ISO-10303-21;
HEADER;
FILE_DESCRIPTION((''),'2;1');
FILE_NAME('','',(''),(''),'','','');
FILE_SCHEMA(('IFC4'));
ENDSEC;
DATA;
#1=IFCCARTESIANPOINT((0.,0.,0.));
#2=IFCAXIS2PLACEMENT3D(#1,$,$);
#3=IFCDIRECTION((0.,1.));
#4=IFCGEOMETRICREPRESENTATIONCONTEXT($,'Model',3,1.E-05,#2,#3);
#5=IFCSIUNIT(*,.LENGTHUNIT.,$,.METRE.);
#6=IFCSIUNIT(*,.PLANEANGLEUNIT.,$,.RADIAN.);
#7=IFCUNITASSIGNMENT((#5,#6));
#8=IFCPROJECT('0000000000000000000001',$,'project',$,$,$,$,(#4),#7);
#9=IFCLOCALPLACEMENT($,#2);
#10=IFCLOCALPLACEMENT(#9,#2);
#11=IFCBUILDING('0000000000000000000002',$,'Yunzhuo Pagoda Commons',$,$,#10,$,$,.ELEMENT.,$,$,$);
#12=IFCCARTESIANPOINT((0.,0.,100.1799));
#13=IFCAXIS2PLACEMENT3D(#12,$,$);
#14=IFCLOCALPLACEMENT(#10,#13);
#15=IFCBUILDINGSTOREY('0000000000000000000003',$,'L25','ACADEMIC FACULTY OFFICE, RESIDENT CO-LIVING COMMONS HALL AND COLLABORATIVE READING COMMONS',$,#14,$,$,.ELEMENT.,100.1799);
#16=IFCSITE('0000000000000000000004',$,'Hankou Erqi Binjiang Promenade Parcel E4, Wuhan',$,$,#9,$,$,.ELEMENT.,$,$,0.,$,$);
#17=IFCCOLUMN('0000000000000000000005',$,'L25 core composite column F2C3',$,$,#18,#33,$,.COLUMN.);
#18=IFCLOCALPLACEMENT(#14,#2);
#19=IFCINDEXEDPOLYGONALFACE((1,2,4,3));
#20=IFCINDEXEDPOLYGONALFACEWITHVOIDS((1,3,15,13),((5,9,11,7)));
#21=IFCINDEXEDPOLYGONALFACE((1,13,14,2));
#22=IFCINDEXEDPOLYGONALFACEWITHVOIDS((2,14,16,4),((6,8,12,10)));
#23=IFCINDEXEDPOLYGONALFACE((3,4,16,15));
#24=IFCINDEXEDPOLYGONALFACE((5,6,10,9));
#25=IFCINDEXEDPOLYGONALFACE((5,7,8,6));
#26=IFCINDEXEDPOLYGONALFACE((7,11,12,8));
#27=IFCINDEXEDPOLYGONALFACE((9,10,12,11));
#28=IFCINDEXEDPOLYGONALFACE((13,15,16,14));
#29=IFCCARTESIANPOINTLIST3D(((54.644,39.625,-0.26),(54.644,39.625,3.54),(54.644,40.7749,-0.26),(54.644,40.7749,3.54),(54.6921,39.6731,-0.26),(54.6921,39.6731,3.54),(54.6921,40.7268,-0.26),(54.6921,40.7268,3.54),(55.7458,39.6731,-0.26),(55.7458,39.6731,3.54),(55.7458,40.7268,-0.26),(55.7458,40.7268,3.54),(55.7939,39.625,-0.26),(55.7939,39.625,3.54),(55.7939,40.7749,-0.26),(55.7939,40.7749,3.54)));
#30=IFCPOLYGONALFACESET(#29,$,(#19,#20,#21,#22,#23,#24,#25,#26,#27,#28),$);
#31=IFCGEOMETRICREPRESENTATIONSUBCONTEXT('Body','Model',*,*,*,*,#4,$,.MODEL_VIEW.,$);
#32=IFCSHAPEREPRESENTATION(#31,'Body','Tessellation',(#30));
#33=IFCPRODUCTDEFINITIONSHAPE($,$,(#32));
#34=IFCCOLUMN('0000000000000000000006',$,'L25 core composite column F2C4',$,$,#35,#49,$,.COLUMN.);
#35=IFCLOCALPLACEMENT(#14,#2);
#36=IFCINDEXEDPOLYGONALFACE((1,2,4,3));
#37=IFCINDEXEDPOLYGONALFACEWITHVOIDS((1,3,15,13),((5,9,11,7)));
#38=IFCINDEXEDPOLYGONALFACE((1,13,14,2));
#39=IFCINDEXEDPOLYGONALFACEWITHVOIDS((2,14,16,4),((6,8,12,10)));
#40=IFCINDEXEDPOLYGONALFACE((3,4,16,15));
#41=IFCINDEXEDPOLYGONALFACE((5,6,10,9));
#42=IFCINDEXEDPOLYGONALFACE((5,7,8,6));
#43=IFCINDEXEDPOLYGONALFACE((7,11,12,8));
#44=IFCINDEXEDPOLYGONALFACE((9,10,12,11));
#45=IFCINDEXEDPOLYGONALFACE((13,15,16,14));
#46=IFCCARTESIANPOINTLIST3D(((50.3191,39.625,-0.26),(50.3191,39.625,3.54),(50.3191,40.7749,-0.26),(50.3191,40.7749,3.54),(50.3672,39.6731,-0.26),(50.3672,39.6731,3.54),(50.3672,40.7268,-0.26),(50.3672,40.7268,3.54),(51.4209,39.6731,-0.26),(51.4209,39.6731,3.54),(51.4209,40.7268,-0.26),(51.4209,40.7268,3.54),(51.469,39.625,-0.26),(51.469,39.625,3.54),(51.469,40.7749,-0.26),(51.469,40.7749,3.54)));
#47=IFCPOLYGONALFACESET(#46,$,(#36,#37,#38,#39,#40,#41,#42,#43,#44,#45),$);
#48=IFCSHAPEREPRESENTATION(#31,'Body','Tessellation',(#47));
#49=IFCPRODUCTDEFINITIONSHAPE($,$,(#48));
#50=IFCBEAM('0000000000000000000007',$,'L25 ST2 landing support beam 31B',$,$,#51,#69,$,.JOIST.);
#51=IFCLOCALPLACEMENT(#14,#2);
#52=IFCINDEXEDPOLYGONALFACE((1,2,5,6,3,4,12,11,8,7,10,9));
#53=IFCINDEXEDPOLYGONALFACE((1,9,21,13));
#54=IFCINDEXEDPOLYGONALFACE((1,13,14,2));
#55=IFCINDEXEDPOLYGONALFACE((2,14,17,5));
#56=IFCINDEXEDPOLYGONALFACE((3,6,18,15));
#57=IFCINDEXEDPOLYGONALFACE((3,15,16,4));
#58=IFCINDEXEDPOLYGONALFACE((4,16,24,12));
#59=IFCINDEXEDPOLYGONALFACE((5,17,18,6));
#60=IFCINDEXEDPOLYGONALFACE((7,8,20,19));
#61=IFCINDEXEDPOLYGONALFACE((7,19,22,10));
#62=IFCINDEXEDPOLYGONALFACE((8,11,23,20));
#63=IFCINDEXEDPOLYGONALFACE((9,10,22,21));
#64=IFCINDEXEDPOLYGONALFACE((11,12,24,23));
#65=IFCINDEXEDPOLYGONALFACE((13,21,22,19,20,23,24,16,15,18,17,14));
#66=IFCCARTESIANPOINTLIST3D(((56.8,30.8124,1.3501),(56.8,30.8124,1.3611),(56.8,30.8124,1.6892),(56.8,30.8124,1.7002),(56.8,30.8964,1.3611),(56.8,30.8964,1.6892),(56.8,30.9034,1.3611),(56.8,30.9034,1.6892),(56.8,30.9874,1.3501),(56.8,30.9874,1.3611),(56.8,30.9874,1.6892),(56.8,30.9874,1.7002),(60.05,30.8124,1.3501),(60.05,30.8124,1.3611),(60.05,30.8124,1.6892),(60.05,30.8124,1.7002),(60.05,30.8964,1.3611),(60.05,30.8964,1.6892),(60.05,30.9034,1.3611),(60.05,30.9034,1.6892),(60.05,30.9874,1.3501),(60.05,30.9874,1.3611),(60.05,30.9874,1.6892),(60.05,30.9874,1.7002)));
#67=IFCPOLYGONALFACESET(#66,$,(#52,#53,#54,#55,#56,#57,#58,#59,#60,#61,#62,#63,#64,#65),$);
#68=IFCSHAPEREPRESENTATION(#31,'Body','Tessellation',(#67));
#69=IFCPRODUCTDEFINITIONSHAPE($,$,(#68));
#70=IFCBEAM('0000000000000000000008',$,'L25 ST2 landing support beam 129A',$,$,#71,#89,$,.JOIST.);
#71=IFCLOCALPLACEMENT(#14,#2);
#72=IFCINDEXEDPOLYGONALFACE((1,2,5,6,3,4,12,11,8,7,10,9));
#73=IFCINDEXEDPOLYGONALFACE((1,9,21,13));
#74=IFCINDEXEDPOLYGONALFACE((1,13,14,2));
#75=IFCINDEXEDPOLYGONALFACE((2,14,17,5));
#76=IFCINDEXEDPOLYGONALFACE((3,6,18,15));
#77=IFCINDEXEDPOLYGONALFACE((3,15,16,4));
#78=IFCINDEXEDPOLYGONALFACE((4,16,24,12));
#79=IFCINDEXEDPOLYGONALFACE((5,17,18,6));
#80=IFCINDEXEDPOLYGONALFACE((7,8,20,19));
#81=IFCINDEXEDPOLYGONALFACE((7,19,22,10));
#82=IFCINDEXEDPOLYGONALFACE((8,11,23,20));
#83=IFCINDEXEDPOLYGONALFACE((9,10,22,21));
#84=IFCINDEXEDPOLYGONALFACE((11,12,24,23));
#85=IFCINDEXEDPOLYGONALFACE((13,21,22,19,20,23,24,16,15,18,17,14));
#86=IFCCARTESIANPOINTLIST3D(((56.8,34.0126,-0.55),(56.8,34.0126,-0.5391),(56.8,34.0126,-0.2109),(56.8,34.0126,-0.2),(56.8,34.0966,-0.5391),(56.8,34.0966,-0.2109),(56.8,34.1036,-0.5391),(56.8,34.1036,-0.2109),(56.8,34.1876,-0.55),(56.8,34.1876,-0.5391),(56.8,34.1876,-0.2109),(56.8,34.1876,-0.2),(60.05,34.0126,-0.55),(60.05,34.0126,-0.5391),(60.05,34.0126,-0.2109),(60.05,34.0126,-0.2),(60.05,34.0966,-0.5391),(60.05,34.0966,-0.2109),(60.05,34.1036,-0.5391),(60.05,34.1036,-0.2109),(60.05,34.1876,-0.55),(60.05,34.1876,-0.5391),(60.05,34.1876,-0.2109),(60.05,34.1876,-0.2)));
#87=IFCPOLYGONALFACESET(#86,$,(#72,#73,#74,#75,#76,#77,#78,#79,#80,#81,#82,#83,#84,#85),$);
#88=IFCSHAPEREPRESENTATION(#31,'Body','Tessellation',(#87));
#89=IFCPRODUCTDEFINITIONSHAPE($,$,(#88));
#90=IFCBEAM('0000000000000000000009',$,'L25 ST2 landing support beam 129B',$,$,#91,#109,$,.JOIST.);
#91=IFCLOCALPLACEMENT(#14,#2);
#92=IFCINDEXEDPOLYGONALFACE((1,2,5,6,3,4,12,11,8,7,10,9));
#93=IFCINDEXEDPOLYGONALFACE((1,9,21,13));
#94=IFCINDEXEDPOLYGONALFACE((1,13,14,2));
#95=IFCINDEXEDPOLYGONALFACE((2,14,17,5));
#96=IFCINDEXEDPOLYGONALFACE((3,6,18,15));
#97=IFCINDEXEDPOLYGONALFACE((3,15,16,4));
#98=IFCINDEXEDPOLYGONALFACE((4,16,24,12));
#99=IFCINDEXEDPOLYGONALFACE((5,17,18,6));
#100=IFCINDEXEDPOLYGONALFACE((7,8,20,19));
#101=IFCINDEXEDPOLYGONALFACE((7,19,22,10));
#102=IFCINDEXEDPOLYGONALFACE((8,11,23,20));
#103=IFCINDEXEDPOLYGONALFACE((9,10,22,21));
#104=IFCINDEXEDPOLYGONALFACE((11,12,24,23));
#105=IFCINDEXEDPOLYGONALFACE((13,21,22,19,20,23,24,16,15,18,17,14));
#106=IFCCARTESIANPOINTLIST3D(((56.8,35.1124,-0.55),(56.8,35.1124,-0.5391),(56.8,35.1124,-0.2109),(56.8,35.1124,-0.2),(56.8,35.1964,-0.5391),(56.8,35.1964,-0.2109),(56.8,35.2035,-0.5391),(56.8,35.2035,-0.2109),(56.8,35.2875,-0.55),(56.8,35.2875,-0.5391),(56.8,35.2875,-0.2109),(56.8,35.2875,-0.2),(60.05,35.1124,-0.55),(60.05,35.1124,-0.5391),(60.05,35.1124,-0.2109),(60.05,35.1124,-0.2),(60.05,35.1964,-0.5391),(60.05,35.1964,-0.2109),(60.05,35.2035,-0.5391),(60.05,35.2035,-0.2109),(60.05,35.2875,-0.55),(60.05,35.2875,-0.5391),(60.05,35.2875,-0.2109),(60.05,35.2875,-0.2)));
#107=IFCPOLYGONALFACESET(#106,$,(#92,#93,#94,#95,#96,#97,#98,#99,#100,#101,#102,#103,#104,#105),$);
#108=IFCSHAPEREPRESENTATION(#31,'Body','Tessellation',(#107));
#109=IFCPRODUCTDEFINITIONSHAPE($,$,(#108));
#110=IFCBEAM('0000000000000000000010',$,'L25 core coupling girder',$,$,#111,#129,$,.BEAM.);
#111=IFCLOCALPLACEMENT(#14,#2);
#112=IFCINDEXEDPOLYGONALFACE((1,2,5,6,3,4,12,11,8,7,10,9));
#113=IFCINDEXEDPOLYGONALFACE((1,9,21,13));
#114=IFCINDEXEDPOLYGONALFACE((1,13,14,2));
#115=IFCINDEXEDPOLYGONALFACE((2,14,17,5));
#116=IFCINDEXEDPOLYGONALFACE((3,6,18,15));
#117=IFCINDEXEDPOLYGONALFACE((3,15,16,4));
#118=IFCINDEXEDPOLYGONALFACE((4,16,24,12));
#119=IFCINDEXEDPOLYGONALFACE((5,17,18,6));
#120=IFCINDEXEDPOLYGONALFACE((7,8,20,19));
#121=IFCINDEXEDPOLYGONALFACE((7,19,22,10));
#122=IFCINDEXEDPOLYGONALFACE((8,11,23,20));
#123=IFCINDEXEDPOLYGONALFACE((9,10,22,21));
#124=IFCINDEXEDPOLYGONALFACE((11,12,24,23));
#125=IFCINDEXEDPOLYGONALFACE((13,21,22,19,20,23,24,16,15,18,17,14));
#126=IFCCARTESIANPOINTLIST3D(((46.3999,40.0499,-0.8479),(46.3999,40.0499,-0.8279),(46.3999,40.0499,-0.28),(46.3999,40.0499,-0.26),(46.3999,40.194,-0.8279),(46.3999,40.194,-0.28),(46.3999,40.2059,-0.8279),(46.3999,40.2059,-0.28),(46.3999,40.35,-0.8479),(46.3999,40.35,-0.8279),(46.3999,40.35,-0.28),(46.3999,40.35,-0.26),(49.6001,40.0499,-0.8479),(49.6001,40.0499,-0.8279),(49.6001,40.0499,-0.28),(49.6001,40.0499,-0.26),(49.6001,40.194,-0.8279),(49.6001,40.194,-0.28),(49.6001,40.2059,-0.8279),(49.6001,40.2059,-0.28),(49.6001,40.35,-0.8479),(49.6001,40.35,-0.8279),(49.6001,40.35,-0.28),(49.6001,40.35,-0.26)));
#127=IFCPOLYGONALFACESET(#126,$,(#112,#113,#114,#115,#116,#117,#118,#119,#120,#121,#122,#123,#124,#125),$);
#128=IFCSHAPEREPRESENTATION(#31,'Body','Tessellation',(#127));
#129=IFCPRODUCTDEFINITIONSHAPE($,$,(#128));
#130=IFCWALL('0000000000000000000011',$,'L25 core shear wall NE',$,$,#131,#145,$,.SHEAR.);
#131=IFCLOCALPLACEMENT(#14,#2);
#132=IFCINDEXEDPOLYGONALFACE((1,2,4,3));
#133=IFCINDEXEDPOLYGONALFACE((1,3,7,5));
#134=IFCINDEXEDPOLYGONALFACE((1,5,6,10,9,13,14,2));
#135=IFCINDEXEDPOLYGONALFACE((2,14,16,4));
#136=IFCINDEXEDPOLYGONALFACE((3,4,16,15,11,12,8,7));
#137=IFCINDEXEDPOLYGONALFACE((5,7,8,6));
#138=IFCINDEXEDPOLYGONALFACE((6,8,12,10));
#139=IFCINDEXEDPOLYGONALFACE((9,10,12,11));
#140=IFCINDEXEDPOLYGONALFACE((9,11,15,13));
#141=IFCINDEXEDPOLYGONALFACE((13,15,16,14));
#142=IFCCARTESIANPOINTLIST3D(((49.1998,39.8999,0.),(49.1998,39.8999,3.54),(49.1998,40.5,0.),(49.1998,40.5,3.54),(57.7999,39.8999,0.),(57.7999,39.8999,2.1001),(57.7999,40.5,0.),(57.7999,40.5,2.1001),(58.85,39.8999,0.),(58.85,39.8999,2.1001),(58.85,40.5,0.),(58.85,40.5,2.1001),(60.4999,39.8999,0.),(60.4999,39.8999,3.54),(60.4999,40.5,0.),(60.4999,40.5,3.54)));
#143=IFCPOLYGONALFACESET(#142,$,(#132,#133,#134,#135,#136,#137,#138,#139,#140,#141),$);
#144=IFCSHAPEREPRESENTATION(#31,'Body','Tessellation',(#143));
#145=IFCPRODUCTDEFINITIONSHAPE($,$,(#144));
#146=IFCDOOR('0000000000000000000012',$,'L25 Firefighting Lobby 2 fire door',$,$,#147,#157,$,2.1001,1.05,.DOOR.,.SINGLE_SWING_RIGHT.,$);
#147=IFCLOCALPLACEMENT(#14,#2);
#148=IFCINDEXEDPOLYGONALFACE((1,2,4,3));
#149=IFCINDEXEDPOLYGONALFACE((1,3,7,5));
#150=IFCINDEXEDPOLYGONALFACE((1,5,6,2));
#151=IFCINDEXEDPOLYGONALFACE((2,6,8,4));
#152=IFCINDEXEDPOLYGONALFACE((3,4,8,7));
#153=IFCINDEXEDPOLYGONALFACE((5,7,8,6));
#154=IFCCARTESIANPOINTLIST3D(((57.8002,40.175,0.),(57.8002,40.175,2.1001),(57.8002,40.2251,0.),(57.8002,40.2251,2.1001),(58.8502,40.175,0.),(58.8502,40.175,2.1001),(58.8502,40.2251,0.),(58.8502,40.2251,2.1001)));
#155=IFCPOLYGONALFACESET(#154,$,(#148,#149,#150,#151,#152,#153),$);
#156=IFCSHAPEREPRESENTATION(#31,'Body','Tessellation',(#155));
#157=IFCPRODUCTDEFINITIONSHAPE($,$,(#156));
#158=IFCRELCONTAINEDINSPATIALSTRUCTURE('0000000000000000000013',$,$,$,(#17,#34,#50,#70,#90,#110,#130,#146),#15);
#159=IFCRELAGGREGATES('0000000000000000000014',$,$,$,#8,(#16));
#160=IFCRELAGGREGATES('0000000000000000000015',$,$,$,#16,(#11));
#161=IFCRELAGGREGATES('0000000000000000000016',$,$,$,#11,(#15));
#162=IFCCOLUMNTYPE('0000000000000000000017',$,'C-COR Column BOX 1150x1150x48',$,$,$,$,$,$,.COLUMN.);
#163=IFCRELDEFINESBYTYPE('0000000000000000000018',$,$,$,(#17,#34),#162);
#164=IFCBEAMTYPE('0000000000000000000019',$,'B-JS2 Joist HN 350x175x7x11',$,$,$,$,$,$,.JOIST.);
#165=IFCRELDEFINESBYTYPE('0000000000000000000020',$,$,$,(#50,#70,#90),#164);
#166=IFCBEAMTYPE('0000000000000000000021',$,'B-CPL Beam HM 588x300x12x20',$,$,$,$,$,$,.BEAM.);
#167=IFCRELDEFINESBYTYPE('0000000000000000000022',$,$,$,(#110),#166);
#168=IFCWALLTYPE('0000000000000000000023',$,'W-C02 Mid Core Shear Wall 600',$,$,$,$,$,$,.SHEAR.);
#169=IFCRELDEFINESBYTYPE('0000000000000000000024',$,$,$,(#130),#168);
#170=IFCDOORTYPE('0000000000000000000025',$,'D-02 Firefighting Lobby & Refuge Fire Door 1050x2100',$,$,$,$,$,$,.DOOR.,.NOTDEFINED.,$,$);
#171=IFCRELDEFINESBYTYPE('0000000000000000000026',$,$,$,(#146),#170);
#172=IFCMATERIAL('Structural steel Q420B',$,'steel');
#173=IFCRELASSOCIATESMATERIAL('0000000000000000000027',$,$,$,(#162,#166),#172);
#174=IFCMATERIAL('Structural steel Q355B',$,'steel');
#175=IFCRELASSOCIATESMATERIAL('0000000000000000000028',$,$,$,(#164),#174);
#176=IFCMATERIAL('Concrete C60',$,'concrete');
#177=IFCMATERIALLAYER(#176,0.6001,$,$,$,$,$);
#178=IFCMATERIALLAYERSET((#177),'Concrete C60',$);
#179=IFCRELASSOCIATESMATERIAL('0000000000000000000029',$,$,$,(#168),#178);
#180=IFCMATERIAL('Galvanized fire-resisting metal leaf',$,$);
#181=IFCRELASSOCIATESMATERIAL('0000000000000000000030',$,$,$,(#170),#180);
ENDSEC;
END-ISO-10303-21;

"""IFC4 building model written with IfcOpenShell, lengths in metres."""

from ifc_helpers import new_model, si_unit, direction, frame, frame_2d, origin, origin_2d, place, context, subcontext, project, spatial, rectangle, hollow_rectangle, i_section, extrude, source, transform, mapped, material, layer, layer_set, material_profile, profile_set, type_object, element, fill, save


model = new_model("IFC4")

# Units and contexts
model_context = context("Model", 3, precision=1e-05, world=origin(), true_north=direction((0.0, 1.0)))
body_context = subcontext(model_context, "Body", "Model", "MODEL_VIEW")
ifc_project = project(units=[si_unit("LENGTHUNIT", "METRE"), si_unit("PLANEANGLEUNIT", "RADIAN")], contexts=[model_context])

# Site, building, storey
site_placement = place(None, origin())
site = spatial("IfcSite", under=ifc_project, at=site_placement, Name="Hankou Erqi Binjiang Promenade Parcel E4, Wuhan", CompositionType="ELEMENT", RefElevation=0.0)
building_placement = place(site_placement, origin())
building = spatial("IfcBuilding", under=site, at=building_placement, Name="Yunzhuo Pagoda Commons", CompositionType="ELEMENT")
storey_placement = place(building_placement, frame((0.0, 0.0, 100.1799)))
storey = spatial("IfcBuildingStorey", under=building, at=storey_placement, Name="L25", Description="ACADEMIC FACULTY OFFICE, RESIDENT CO-LIVING COMMONS HALL AND COLLABORATIVE READING COMMONS", CompositionType="ELEMENT", Elevation=100.1799)

# Columns
ifc_material_1 = material(Name="Structural steel Q420B", Category="steel")
ifc_material_profile_1 = material_profile(ifc_material_1, hollow_rectangle(XDim=1.1499, YDim=1.1499, WallThickness=0.0481, at=origin_2d()), Name="Structural steel Q420B")
ifc_profile_set_1 = profile_set([ifc_material_profile_1], Name="Structural steel Q420B")
column_type = type_object("IfcColumnType", Name="C-COR Column BOX 1150x1150x48", PredefinedType="COLUMN", material=ifc_profile_set_1)
shared_shape_1 = source(origin(), body_context, "Body", "SweptSolid", [
    extrude(hollow_rectangle(XDim=1.1499, YDim=1.1499, WallThickness=0.0481, at=origin_2d()), origin(), (0.0, 0.0, 1.0), 3.8),
])
for number, where, z_axis, x_axis, name in (
    (1, (55.219, 40.2, -0.26), (0.0, 0.0, 1.0), (1.0, 0.0, 0.0), "L25 core composite column F2C3"),
    (2, (50.894, 40.2, -0.26), (0.0, 0.0, 1.0), (1.0, 0.0, 0.0), "L25 core composite column F2C4"),
):
    element("IfcColumn", number, at=place(storey_placement, frame(where, z_axis=z_axis, x_axis=x_axis)), inside=storey, type_object=column_type, Name=name, PredefinedType="COLUMN", context=body_context, shape_type="MappedRepresentation", body=[
        mapped(shared_shape_1, transform((0.0, 0.0, 0.0), scale=1.0)),
    ])

# Beams
ifc_material_2 = material(Name="Structural steel Q355B", Category="steel")
ifc_material_profile_2 = material_profile(ifc_material_2, i_section(OverallWidth=0.175, OverallDepth=0.3501, WebThickness=0.0071, FlangeThickness=0.011, at=origin_2d()), Name="Structural steel Q355B")
ifc_profile_set_2 = profile_set([ifc_material_profile_2], Name="Structural steel Q355B")
beam_type_1 = type_object("IfcBeamType", Name="B-JS2 Joist HN 350x175x7x11", PredefinedType="JOIST", material=ifc_profile_set_2)
shared_shape_2 = source(origin(), body_context, "Body", "SweptSolid", [
    extrude(i_section(OverallWidth=0.175, OverallDepth=0.3501, WebThickness=0.0071, FlangeThickness=0.011, at=origin_2d()), origin(), (0.0, 0.0, 1.0), 3.25),
])
for number, where, z_axis, x_axis, name in (
    (3, (56.8, 30.8999, 1.5251), (1.0, 0.0, 0.0), (0.0, 1.0, 0.0), "L25 ST2 landing support beam 31B"),
    (4, (56.8, 34.1001, -0.375), (1.0, 0.0, 0.0), (0.0, 1.0, 0.0), "L25 ST2 landing support beam 129A"),
    (5, (56.8, 35.2, -0.375), (1.0, 0.0, 0.0), (0.0, 1.0, 0.0), "L25 ST2 landing support beam 129B"),
):
    element("IfcBeam", number, at=place(storey_placement, frame(where, z_axis=z_axis, x_axis=x_axis)), inside=storey, type_object=beam_type_1, Name=name, PredefinedType="JOIST", context=body_context, shape_type="MappedRepresentation", body=[
        mapped(shared_shape_2, transform((0.0, 0.0, 0.0), scale=1.0)),
    ])
ifc_material_profile_3 = material_profile(ifc_material_1, i_section(OverallWidth=0.3, OverallDepth=0.5879, WebThickness=0.012, FlangeThickness=0.02, at=origin_2d()), Name="Structural steel Q420B")
ifc_profile_set_3 = profile_set([ifc_material_profile_3], Name="Structural steel Q420B")
beam_type_2 = type_object("IfcBeamType", Name="B-CPL Beam HM 588x300x12x20", PredefinedType="BEAM", material=ifc_profile_set_3)
shared_shape_3 = source(origin(), body_context, "Body", "SweptSolid", [
    extrude(i_section(OverallWidth=0.3, OverallDepth=0.5879, WebThickness=0.012, FlangeThickness=0.02, at=origin_2d()), origin(), (0.0, 0.0, 1.0), 3.2002),
])
beam_placement = place(storey_placement, frame((46.3999, 40.2, -0.554), z_axis=(1.0, 0.0, 0.0), x_axis=(0.0, 1.0, 0.0)))
element("IfcBeam", 6, at=beam_placement, inside=storey, type_object=beam_type_2, Name="L25 core coupling girder", PredefinedType="BEAM", context=body_context, shape_type="MappedRepresentation", body=[
    mapped(shared_shape_3, transform((0.0, 0.0, 0.0), scale=1.0)),
])

# Wall, opening, door
ifc_material_3 = material(Name="Concrete C60", Category="concrete")
ifc_layer_1 = layer(ifc_material_3, 0.6001)
ifc_layer_set_1 = layer_set([ifc_layer_1], Name="Concrete C60")
wall_type_1 = type_object("IfcWallType", Name="W-C02 Mid Core Shear Wall 600", PredefinedType="SHEAR", material=ifc_layer_set_1)
wall_1_placement = place(storey_placement, frame((49.2, 40.2, 0.0), z_axis=(0.0, 0.0, 1.0), x_axis=(1.0, 0.0, 0.0)))
wall_1 = element("IfcWall", 7, at=wall_1_placement, inside=storey, type_object=wall_type_1, Name="L25 core shear wall NE", PredefinedType="SHEAR", context=body_context, shape_type="SweptSolid", body=[
    extrude(rectangle(XDim=11.3, YDim=0.6001, at=frame_2d((5.6499, 0.0))), origin(), (0.0, 0.0, 1.0), 3.54),
])
opening_1_placement = place(wall_1_placement, frame((8.6001, 0.0, 0.0)))
opening_1 = element("IfcOpeningElement", 8, at=opening_1_placement, cuts=wall_1, PredefinedType="OPENING", context=body_context, shape_type="SweptSolid", body=[
    extrude(rectangle(XDim=1.05, YDim=2.1001, at=frame_2d((0.5249, 1.05))), frame((0.0, 0.3101, 0.0), z_axis=(0.0, -1.0, 0.0), x_axis=(1.0, 0.0, 0.0)), (0.0, 0.0, 1.0), 0.6201),
])
ifc_material_4 = material(Name="Galvanized fire-resisting metal leaf")
door_type_1 = type_object("IfcDoorType", Name="D-02 Firefighting Lobby & Refuge Fire Door 1050x2100", OperationType="NOTDEFINED", PredefinedType="DOOR", material=ifc_material_4)
shared_shape_4 = source(origin(), body_context, "Body", "SweptSolid", [
    extrude(rectangle(XDim=1.05, YDim=2.1001, at=frame_2d((0.5249, 1.05))), frame((0.0, 0.0249, 0.0), z_axis=(0.0, -1.0, 0.0), x_axis=(1.0, 0.0, 0.0)), (0.0, 0.0, 1.0), 0.05),
])
door_1_placement = place(opening_1_placement, frame((1.05, 0.0, 0.0), z_axis=(0.0, 0.0, 1.0), x_axis=(-1.0, 0.0, 0.0)))
door_1 = element("IfcDoor", 9, at=door_1_placement, inside=storey, type_object=door_type_1, Name="L25 Firefighting Lobby 2 fire door", OperationType="SINGLE_SWING_RIGHT", OverallHeight=2.1001, OverallWidth=1.05, PredefinedType="DOOR", context=body_context, shape_type="MappedRepresentation", body=[
    mapped(shared_shape_4, transform((0.0, 0.0, 0.0), scale=1.0)),
])
fill(opening_1, door_1)

save(model, "model.ifc")
